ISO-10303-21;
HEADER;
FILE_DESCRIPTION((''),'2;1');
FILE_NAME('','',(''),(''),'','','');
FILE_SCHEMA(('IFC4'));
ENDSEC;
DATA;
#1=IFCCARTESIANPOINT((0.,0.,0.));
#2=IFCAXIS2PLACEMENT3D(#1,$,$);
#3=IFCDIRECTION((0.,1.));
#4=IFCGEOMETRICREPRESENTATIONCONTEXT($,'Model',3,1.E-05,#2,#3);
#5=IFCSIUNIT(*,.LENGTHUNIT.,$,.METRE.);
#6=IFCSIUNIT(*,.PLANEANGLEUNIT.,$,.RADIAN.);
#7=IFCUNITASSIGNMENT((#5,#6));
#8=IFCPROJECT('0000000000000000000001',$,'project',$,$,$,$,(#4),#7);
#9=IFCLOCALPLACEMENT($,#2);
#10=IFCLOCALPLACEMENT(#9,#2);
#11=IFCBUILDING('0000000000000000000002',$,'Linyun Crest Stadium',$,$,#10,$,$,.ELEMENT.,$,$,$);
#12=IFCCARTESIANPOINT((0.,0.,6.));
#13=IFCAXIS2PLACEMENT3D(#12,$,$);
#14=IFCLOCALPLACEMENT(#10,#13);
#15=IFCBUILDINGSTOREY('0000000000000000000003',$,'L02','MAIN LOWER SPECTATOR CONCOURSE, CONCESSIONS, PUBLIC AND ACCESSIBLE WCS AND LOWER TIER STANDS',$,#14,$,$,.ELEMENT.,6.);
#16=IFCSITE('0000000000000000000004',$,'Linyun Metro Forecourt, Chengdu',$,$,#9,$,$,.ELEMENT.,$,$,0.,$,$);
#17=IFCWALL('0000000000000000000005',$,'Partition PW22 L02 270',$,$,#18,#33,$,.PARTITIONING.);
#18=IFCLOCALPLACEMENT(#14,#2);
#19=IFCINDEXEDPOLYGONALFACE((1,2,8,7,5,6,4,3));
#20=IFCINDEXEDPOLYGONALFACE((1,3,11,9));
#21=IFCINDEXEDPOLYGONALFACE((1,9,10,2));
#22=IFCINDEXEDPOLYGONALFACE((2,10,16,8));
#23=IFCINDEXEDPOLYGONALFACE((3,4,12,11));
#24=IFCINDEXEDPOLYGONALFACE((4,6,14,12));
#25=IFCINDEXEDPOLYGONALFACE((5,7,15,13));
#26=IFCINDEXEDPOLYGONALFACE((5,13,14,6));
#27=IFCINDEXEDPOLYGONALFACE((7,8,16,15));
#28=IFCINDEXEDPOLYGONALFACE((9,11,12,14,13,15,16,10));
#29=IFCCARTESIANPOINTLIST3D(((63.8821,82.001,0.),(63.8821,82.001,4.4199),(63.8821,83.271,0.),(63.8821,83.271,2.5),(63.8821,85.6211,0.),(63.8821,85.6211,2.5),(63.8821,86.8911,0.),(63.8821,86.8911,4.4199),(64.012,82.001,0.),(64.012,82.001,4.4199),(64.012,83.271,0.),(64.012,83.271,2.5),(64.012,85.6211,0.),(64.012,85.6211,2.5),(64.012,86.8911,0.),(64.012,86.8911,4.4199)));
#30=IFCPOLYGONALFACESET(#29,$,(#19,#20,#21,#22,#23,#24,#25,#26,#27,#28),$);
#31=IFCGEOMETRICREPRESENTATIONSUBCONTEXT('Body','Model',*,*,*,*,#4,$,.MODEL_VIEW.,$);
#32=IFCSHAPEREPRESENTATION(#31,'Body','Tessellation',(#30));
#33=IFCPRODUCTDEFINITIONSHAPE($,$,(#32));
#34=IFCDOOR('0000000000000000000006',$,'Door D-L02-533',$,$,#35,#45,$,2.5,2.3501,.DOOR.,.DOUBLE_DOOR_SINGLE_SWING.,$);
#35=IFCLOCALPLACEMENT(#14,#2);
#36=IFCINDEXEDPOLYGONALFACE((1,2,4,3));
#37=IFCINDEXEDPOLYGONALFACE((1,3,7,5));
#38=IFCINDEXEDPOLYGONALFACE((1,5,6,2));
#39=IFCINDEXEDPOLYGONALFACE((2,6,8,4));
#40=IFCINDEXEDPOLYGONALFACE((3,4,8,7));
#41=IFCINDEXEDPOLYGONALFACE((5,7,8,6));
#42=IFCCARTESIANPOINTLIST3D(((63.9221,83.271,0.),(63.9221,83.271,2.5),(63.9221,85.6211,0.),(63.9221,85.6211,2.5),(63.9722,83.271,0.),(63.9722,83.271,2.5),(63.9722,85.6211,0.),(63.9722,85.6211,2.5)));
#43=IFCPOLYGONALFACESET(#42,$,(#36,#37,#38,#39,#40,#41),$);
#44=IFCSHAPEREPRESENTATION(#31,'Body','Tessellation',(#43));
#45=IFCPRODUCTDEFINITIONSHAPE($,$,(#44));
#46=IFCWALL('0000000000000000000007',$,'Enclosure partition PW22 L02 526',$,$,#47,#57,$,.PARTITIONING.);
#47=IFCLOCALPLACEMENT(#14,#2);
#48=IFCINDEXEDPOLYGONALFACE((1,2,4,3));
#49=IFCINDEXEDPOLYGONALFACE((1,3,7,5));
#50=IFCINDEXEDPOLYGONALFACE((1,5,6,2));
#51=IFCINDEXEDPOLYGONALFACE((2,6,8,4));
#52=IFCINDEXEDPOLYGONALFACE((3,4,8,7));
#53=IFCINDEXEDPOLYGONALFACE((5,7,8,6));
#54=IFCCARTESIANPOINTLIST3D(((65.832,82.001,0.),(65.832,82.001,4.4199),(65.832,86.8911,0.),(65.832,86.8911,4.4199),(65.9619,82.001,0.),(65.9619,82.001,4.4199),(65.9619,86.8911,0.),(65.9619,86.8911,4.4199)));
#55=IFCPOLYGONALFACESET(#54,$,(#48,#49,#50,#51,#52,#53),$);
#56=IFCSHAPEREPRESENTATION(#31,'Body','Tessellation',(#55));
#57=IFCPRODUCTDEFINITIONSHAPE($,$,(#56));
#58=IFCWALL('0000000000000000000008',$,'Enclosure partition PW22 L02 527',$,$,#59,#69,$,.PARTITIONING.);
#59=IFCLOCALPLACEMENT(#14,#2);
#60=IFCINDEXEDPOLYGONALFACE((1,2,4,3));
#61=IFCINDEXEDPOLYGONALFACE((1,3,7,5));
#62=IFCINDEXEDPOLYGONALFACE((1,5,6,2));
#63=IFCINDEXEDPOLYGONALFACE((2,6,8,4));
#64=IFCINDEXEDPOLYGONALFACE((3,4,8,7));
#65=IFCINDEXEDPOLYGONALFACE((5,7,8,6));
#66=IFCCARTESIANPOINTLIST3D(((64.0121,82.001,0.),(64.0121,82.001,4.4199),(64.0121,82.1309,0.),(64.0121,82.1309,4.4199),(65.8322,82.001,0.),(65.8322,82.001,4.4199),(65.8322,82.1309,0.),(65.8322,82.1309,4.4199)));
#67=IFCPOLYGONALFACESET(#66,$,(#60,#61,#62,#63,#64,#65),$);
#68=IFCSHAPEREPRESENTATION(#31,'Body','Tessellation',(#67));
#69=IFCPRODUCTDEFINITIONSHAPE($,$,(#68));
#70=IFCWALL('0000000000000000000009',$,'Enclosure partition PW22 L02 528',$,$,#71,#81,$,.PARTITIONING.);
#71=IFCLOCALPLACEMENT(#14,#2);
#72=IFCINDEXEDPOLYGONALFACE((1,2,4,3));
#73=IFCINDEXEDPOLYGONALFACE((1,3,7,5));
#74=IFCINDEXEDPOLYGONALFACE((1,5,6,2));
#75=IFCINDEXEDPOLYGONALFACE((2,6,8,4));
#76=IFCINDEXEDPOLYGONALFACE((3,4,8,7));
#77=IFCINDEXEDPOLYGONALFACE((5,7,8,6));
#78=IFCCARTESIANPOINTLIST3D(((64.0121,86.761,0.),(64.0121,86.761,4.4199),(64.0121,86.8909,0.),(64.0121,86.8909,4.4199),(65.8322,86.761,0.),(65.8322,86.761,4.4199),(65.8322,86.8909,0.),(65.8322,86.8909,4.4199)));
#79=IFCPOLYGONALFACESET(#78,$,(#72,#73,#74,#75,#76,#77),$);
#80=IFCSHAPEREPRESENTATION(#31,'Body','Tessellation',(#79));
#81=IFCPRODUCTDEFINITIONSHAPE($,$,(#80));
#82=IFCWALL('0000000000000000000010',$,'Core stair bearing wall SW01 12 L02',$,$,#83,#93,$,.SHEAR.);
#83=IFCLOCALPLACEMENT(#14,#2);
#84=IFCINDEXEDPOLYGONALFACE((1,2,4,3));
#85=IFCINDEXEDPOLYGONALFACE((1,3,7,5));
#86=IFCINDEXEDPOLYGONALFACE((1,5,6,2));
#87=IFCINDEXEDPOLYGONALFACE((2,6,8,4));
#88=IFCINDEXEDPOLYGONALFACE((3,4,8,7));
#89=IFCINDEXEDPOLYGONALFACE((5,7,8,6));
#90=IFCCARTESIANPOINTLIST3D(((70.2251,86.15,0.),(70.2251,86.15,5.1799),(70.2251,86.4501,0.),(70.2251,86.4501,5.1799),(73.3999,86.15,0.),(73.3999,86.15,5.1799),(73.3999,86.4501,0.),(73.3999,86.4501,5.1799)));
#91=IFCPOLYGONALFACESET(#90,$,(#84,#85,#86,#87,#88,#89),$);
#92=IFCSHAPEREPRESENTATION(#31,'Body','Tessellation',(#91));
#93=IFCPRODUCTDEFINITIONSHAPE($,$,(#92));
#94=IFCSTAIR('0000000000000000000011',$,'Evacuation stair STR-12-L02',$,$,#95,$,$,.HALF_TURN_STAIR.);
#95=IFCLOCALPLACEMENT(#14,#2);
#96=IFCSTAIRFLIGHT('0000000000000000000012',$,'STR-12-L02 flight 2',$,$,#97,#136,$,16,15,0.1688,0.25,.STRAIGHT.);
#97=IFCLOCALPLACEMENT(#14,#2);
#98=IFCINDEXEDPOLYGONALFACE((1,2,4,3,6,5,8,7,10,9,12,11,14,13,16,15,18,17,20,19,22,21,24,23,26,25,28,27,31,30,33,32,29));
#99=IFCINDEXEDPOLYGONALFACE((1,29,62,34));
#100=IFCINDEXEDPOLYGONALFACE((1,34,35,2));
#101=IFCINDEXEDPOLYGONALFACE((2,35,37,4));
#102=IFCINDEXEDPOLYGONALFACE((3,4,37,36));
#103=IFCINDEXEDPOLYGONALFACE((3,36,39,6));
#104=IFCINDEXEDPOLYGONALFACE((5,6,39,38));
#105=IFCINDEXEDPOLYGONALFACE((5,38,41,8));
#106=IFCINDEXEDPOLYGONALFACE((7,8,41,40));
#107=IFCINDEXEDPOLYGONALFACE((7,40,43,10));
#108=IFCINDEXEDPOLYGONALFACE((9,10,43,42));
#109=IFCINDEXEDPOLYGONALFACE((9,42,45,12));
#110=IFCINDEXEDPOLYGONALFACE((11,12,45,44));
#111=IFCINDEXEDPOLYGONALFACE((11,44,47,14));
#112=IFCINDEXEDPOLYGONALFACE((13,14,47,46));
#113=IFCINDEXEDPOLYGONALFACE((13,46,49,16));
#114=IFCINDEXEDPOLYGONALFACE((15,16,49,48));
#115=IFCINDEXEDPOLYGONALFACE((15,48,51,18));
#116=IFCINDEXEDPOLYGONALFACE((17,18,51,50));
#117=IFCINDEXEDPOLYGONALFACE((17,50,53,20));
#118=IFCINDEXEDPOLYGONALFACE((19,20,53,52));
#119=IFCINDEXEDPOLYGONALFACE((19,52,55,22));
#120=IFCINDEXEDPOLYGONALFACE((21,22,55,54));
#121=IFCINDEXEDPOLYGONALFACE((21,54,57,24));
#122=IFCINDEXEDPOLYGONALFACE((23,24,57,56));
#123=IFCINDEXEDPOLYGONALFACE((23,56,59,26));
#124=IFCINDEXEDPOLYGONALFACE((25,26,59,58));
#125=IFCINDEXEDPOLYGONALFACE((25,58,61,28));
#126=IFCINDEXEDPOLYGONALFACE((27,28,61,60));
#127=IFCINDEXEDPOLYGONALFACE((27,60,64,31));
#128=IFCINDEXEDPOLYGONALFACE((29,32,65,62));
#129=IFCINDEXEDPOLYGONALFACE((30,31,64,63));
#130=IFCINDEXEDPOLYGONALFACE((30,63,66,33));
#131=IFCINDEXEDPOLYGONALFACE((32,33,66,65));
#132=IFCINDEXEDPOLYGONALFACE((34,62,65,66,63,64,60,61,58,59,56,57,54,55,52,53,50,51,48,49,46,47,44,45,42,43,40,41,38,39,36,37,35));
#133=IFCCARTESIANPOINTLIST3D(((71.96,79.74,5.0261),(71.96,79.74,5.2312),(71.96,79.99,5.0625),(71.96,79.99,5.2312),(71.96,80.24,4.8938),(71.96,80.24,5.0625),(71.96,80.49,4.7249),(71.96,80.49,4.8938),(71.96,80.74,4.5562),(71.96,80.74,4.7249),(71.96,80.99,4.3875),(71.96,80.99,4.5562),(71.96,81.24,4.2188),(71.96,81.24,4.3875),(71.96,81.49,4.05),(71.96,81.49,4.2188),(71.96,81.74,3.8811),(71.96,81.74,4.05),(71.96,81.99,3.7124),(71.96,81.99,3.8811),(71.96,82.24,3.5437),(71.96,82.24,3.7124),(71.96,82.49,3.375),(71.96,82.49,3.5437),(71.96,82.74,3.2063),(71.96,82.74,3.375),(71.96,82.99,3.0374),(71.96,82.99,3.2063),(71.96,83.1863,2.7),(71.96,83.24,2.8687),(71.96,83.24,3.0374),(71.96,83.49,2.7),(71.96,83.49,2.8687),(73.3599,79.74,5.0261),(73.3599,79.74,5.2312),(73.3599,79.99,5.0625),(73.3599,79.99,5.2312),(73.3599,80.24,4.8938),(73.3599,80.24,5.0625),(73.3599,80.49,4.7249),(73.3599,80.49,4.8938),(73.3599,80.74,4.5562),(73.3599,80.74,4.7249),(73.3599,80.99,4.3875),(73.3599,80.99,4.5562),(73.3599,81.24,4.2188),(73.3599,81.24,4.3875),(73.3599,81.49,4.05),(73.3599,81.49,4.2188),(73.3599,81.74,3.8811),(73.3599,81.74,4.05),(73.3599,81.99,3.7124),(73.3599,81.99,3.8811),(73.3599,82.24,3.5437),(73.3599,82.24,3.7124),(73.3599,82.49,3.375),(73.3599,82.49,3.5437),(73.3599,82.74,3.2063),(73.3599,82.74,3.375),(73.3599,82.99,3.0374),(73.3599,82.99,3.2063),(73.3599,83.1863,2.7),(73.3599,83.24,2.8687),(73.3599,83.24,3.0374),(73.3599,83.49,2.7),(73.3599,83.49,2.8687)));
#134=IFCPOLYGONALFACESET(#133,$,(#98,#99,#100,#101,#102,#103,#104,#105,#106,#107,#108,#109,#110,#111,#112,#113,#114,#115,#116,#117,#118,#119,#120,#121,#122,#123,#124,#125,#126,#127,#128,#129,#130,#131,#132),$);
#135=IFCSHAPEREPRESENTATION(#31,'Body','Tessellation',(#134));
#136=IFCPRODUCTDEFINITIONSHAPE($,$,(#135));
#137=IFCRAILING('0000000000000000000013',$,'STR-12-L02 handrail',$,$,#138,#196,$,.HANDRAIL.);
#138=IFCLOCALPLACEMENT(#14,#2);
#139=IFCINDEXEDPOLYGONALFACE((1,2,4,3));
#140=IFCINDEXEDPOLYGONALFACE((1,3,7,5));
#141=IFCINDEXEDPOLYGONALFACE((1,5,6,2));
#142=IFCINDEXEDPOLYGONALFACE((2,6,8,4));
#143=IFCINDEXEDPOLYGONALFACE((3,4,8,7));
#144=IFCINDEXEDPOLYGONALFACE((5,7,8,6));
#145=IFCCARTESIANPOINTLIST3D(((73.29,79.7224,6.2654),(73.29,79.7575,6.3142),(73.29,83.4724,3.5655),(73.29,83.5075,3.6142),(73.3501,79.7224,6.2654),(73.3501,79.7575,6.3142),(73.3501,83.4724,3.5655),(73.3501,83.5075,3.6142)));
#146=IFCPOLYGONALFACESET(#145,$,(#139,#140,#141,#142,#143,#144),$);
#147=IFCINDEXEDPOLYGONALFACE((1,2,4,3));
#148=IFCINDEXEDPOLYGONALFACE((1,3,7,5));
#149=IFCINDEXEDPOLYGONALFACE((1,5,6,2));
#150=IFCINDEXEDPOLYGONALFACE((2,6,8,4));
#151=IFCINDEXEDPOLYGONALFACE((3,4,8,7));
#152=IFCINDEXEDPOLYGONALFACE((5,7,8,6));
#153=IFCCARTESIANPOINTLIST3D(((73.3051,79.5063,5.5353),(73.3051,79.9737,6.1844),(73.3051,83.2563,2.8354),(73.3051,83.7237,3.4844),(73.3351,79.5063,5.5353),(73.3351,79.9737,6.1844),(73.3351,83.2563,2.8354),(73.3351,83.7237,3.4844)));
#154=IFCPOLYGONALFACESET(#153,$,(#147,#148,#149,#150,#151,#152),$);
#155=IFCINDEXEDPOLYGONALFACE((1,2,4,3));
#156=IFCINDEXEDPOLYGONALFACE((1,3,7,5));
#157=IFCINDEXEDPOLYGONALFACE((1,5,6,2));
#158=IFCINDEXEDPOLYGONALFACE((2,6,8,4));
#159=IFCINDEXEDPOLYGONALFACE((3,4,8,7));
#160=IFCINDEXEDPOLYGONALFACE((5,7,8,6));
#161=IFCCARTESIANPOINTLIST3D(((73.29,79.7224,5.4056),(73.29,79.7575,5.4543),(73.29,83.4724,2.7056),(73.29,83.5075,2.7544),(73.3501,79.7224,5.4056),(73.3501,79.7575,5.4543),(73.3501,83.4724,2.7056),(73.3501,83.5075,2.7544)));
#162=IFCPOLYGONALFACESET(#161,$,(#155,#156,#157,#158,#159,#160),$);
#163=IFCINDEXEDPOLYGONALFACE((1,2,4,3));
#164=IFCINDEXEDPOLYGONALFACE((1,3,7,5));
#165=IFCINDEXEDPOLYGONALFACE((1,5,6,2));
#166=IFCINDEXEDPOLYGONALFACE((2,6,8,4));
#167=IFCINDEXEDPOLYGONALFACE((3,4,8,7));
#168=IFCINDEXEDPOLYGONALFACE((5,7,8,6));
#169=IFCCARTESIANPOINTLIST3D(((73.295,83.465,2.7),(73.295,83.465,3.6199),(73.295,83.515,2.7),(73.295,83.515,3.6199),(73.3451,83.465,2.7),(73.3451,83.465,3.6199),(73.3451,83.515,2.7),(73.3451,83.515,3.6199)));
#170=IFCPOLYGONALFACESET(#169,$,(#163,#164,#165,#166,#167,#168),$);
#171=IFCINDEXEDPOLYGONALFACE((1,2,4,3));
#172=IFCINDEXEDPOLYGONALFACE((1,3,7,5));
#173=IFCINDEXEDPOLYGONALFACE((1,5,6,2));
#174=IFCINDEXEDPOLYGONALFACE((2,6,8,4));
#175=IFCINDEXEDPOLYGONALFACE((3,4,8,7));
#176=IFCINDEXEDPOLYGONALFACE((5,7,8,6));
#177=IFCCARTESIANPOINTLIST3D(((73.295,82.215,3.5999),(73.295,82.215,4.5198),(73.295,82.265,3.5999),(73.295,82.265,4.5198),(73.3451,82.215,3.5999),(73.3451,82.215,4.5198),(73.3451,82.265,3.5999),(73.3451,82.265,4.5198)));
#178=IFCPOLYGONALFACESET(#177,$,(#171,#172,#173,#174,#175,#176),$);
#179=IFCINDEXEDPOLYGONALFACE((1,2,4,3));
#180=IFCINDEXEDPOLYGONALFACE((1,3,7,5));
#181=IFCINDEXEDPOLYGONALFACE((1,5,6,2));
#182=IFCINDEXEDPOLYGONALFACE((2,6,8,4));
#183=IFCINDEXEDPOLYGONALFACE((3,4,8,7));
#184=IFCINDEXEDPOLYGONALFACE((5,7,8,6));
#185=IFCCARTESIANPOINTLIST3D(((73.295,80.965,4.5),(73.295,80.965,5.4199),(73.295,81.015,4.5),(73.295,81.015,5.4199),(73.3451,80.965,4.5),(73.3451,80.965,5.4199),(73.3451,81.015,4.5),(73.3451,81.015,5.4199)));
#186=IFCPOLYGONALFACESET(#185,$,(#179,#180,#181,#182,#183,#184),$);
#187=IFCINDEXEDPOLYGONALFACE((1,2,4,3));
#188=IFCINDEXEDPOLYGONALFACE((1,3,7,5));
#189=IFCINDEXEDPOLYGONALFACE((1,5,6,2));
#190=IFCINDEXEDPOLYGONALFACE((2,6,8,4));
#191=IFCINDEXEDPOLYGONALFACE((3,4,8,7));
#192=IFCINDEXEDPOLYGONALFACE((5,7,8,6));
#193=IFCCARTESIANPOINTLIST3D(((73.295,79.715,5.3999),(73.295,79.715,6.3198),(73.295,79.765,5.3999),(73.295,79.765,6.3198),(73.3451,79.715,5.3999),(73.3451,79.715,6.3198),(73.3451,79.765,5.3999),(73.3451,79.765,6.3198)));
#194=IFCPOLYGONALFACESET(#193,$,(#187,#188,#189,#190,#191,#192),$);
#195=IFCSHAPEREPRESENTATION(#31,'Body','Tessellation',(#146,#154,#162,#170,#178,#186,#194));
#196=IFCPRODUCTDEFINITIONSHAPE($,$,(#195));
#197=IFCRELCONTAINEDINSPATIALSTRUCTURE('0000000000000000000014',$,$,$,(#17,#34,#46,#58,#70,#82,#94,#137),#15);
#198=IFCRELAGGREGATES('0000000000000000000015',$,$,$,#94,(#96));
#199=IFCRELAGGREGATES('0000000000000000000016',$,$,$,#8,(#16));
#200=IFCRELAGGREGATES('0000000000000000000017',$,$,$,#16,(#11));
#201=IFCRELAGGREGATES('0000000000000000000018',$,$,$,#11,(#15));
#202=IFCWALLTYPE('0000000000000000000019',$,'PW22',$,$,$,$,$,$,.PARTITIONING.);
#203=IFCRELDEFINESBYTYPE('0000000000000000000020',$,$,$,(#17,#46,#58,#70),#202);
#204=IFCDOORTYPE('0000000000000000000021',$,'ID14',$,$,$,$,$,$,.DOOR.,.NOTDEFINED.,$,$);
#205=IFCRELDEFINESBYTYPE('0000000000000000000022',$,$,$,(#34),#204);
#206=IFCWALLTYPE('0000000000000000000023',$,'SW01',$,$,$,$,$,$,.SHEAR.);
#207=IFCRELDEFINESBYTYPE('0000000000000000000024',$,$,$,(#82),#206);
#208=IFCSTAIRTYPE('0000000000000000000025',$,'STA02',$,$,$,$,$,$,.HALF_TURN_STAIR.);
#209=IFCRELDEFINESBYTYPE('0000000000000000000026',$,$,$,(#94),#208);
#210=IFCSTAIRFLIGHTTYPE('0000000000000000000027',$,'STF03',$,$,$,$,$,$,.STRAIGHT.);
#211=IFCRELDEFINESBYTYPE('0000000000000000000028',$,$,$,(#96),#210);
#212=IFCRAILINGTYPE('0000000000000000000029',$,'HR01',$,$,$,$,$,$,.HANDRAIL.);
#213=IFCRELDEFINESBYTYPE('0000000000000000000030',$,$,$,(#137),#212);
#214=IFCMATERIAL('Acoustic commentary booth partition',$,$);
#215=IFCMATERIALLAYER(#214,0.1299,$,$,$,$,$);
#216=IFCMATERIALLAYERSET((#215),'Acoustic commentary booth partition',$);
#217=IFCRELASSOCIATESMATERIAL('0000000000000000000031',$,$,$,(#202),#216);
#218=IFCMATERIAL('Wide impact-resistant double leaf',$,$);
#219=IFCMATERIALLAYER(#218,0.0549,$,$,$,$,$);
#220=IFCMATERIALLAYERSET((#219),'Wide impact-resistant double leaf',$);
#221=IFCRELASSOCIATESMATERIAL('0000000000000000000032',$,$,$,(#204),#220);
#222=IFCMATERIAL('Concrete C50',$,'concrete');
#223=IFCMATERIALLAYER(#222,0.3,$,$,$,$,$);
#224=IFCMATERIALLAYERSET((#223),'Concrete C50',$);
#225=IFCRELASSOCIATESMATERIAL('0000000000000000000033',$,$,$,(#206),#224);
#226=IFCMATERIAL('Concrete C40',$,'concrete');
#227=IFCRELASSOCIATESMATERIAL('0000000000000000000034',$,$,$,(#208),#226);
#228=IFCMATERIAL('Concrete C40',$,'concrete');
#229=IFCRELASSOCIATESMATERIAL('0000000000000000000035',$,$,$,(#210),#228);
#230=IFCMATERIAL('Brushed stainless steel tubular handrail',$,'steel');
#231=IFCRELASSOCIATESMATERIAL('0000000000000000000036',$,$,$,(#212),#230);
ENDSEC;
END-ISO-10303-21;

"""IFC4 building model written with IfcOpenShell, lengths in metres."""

from ifc_helpers import new_model, si_unit, direction, frame, frame_2d, origin, origin_2d, place, context, subcontext, project, spatial, polyline, rectangle, outline, extrude, material, layer, layer_set, type_object, element, fill, aggregate, save


model = new_model("IFC4")

# Units and contexts
model_context = context("Model", 3, precision=1e-05, world=origin(), true_north=direction((0.0, 1.0)))
body_context = subcontext(model_context, "Body", "Model", "MODEL_VIEW")
ifc_project = project(units=[si_unit("LENGTHUNIT", "METRE"), si_unit("PLANEANGLEUNIT", "RADIAN")], contexts=[model_context])

# Site, building, storey
site_placement = place(None, origin())
site = spatial("IfcSite", under=ifc_project, at=site_placement, Name="Linyun Metro Forecourt, Chengdu", CompositionType="ELEMENT", RefElevation=0.0)
building_placement = place(site_placement, origin())
building = spatial("IfcBuilding", under=site, at=building_placement, Name="Linyun Crest Stadium", CompositionType="ELEMENT")
storey_placement = place(building_placement, frame((0.0, 0.0, 6.0)))
storey = spatial("IfcBuildingStorey", under=building, at=storey_placement, Name="L02", Description="MAIN LOWER SPECTATOR CONCOURSE, CONCESSIONS, PUBLIC AND ACCESSIBLE WCS AND LOWER TIER STANDS", CompositionType="ELEMENT", Elevation=6.0)

# Wall, opening, door
ifc_material_1 = material(Name="Acoustic commentary booth partition")
ifc_layer_1 = layer(ifc_material_1, 0.1299)
ifc_layer_set_1 = layer_set([ifc_layer_1], Name="Acoustic commentary booth partition")
wall_type_1 = type_object("IfcWallType", Name="PW22", PredefinedType="PARTITIONING", material=ifc_layer_set_1)
wall_1_placement = place(storey_placement, frame((63.947, 82.001, 0.0), z_axis=(0.0, 0.0, 1.0), x_axis=(0.0, 1.0, 0.0)))
wall_1 = element("IfcWall", 1, at=wall_1_placement, inside=storey, type_object=wall_type_1, Name="Partition PW22 L02 270", PredefinedType="PARTITIONING", context=body_context, shape_type="SweptSolid", body=[
    extrude(rectangle(XDim=4.8901, YDim=0.1299, at=frame_2d((2.4451, 0.0))), origin(), (0.0, 0.0, 1.0), 4.4199),
])
opening_placement = place(wall_1_placement, frame((1.27, 0.0, 0.0)))
opening = element("IfcOpeningElement", 2, at=opening_placement, cuts=wall_1, PredefinedType="OPENING", context=body_context, shape_type="SweptSolid", body=[
    extrude(rectangle(XDim=2.3501, YDim=2.5, at=frame_2d((1.175, 1.25))), frame((0.0, 0.075, 0.0), z_axis=(0.0, -1.0, 0.0), x_axis=(1.0, 0.0, 0.0)), (0.0, 0.0, 1.0), 0.1499),
])
ifc_material_2 = material(Name="Wide impact-resistant double leaf")
ifc_layer_2 = layer(ifc_material_2, 0.0549)
ifc_layer_set_2 = layer_set([ifc_layer_2], Name="Wide impact-resistant double leaf")
door_type = type_object("IfcDoorType", Name="ID14", OperationType="NOTDEFINED", PredefinedType="DOOR", material=ifc_layer_set_2)
door_placement = place(opening_placement, origin())
door = element("IfcDoor", 3, at=door_placement, inside=storey, type_object=door_type, Name="Door D-L02-533", OperationType="DOUBLE_DOOR_SINGLE_SWING", OverallHeight=2.5, OverallWidth=2.3501, PredefinedType="DOOR", context=body_context, shape_type="SweptSolid", body=[
    extrude(rectangle(XDim=2.3501, YDim=2.5, at=frame_2d((1.175, 1.25))), frame((0.0, 0.0249, 0.0), z_axis=(0.0, -1.0, 0.0), x_axis=(1.0, 0.0, 0.0)), (0.0, 0.0, 1.0), 0.05),
])
fill(opening, door)

# Walls
wall_2_placement = place(storey_placement, frame((65.897, 82.001, 0.0), z_axis=(0.0, 0.0, 1.0), x_axis=(0.0, 1.0, 0.0)))
element("IfcWall", 4, at=wall_2_placement, inside=storey, type_object=wall_type_1, Name="Enclosure partition PW22 L02 526", PredefinedType="PARTITIONING", context=body_context, shape_type="SweptSolid", body=[
    extrude(rectangle(XDim=4.8901, YDim=0.1299, at=frame_2d((2.4451, 0.0))), origin(), (0.0, 0.0, 1.0), 4.4199),
])
for number, where, z_axis, x_axis, name in (
    (5, (64.012, 82.0659, 0.0), (0.0, 0.0, 1.0), (1.0, 0.0, 0.0), "Enclosure partition PW22 L02 527"),
    (6, (64.012, 86.8259, 0.0), (0.0, 0.0, 1.0), (1.0, 0.0, 0.0), "Enclosure partition PW22 L02 528"),
):
    element("IfcWall", number, at=place(storey_placement, frame(where, z_axis=z_axis, x_axis=x_axis)), inside=storey, type_object=wall_type_1, Name=name, PredefinedType="PARTITIONING", context=body_context, shape_type="SweptSolid", body=[
        extrude(rectangle(XDim=1.8201, YDim=0.1299, at=frame_2d((0.9102, 0.0))), origin(), (0.0, 0.0, 1.0), 4.4199),
    ])
ifc_material_3 = material(Name="Concrete C50", Category="concrete")
ifc_layer_3 = layer(ifc_material_3, 0.3)
ifc_layer_set_3 = layer_set([ifc_layer_3], Name="Concrete C50")
wall_type_2 = type_object("IfcWallType", Name="SW01", PredefinedType="SHEAR", material=ifc_layer_set_3)
wall_3_placement = place(storey_placement, frame((70.2251, 86.3, 0.0), z_axis=(0.0, 0.0, 1.0), x_axis=(1.0, 0.0, 0.0)))
element("IfcWall", 7, at=wall_3_placement, inside=storey, type_object=wall_type_2, Name="Core stair bearing wall SW01 12 L02", PredefinedType="SHEAR", context=body_context, shape_type="SweptSolid", body=[
    extrude(rectangle(XDim=3.1748, YDim=0.3, at=frame_2d((1.5874, 0.0))), origin(), (0.0, 0.0, 1.0), 5.1799),
])

# Stair, stair flight
ifc_material_4 = material(Name="Concrete C40", Category="concrete")
stair_type = type_object("IfcStairType", Name="STA02", PredefinedType="HALF_TURN_STAIR", material=ifc_material_4)
stair_placement = place(storey_placement, origin())
stair = element("IfcStair", 8, at=stair_placement, inside=storey, type_object=stair_type, Name="Evacuation stair STR-12-L02", PredefinedType="HALF_TURN_STAIR")
ifc_material_5 = material(Name="Concrete C40", Category="concrete")
stair_flight_type = type_object("IfcStairFlightType", Name="STF03", PredefinedType="STRAIGHT", material=ifc_material_5)
stair_flight_placement = place(storey_placement, frame((72.6599, 83.49, 2.7), z_axis=(0.0, 0.0, 1.0), x_axis=(0.0, -1.0, 0.0)))
stair_flight = element("IfcStairFlight", 9, at=stair_flight_placement, type_object=stair_flight_type, Name="STR-12-L02 flight 2", NumberOfRisers=16, NumberOfTreads=15, PredefinedType="STRAIGHT", RiserHeight=0.1688, TreadLength=0.25, context=body_context, shape_type="SweptSolid", body=[
    extrude(outline(polyline([(0.0, 0.0), (0.0, 0.1687), (0.25, 0.1687), (0.25, 0.3374), (0.5, 0.3374), (0.5, 0.5063), (0.75, 0.5063), (0.75, 0.675), (1.0, 0.675), (1.0, 0.8438), (1.25, 0.8438), (1.25, 1.0125), (1.5, 1.0125), (1.5, 1.1812), (1.75, 1.1812), (1.75, 1.3501), (2.0, 1.3501), (2.0, 1.5188), (2.25, 1.5188), (2.25, 1.6875), (2.5, 1.6875), (2.5, 1.8562), (2.75, 1.8562), (2.75, 2.0249), (3.0, 2.0249), (3.0, 2.1938), (3.25, 2.1938), (3.25, 2.3625), (3.5, 2.3625), (3.5, 2.5312), (3.75, 2.5312), (3.75, 2.7), (3.75, 2.3262), (0.3037, 0.0), (0.0, 0.0)])), frame((0.0, 0.7, 0.0), z_axis=(0.0, -1.0, 0.0), x_axis=(1.0, 0.0, 0.0)), (0.0, 0.0, 1.0), 1.3999),
])
aggregate(stair, [stair_flight])

# Railing
ifc_material_6 = material(Name="Brushed stainless steel tubular handrail", Category="steel")
railing_type = type_object("IfcRailingType", Name="HR01", PredefinedType="HANDRAIL", material=ifc_material_6)
railing_placement = place(storey_placement, frame((73.3201, 83.49, 2.7)))
element("IfcRailing", 10, at=railing_placement, inside=storey, type_object=railing_type, Name="STR-12-L02 handrail", PredefinedType="HANDRAIL", context=body_context, shape_type="SweptSolid", body=[
    extrude(rectangle(XDim=0.0601, YDim=0.0601, at=origin_2d()), frame((0.0, 0.0, 0.8899), z_axis=(0.0, -0.811539, 0.584298), x_axis=(1.0, 0.0, 0.0)), (0.0, 0.0, 1.0), 4.6208),
    extrude(rectangle(XDim=0.03, YDim=0.7998, at=origin_2d()), frame((0.0, 0.0, 0.46), z_axis=(0.0, -0.811539, 0.584298), x_axis=(1.0, 0.0, 0.0)), (0.0, 0.0, 1.0), 4.6208),
    extrude(rectangle(XDim=0.0601, YDim=0.0601, at=origin_2d()), frame((0.0, 0.0, 0.03), z_axis=(0.0, -0.811539, 0.584298), x_axis=(1.0, 0.0, 0.0)), (0.0, 0.0, 1.0), 4.6208),
    extrude(rectangle(XDim=0.05, YDim=0.05, at=origin_2d()), origin(), (0.0, 0.0, 1.0), 0.9199),
    extrude(rectangle(XDim=0.05, YDim=0.05, at=origin_2d()), frame((0.0, -1.25, 0.8999)), (0.0, 0.0, 1.0), 0.9199),
    extrude(rectangle(XDim=0.05, YDim=0.05, at=origin_2d()), frame((0.0, -2.5, 1.8)), (0.0, 0.0, 1.0), 0.9199),
    extrude(rectangle(XDim=0.05, YDim=0.05, at=origin_2d()), frame((0.0, -3.75, 2.7)), (0.0, 0.0, 1.0), 0.9199),
])

save(model, "model.ifc")
